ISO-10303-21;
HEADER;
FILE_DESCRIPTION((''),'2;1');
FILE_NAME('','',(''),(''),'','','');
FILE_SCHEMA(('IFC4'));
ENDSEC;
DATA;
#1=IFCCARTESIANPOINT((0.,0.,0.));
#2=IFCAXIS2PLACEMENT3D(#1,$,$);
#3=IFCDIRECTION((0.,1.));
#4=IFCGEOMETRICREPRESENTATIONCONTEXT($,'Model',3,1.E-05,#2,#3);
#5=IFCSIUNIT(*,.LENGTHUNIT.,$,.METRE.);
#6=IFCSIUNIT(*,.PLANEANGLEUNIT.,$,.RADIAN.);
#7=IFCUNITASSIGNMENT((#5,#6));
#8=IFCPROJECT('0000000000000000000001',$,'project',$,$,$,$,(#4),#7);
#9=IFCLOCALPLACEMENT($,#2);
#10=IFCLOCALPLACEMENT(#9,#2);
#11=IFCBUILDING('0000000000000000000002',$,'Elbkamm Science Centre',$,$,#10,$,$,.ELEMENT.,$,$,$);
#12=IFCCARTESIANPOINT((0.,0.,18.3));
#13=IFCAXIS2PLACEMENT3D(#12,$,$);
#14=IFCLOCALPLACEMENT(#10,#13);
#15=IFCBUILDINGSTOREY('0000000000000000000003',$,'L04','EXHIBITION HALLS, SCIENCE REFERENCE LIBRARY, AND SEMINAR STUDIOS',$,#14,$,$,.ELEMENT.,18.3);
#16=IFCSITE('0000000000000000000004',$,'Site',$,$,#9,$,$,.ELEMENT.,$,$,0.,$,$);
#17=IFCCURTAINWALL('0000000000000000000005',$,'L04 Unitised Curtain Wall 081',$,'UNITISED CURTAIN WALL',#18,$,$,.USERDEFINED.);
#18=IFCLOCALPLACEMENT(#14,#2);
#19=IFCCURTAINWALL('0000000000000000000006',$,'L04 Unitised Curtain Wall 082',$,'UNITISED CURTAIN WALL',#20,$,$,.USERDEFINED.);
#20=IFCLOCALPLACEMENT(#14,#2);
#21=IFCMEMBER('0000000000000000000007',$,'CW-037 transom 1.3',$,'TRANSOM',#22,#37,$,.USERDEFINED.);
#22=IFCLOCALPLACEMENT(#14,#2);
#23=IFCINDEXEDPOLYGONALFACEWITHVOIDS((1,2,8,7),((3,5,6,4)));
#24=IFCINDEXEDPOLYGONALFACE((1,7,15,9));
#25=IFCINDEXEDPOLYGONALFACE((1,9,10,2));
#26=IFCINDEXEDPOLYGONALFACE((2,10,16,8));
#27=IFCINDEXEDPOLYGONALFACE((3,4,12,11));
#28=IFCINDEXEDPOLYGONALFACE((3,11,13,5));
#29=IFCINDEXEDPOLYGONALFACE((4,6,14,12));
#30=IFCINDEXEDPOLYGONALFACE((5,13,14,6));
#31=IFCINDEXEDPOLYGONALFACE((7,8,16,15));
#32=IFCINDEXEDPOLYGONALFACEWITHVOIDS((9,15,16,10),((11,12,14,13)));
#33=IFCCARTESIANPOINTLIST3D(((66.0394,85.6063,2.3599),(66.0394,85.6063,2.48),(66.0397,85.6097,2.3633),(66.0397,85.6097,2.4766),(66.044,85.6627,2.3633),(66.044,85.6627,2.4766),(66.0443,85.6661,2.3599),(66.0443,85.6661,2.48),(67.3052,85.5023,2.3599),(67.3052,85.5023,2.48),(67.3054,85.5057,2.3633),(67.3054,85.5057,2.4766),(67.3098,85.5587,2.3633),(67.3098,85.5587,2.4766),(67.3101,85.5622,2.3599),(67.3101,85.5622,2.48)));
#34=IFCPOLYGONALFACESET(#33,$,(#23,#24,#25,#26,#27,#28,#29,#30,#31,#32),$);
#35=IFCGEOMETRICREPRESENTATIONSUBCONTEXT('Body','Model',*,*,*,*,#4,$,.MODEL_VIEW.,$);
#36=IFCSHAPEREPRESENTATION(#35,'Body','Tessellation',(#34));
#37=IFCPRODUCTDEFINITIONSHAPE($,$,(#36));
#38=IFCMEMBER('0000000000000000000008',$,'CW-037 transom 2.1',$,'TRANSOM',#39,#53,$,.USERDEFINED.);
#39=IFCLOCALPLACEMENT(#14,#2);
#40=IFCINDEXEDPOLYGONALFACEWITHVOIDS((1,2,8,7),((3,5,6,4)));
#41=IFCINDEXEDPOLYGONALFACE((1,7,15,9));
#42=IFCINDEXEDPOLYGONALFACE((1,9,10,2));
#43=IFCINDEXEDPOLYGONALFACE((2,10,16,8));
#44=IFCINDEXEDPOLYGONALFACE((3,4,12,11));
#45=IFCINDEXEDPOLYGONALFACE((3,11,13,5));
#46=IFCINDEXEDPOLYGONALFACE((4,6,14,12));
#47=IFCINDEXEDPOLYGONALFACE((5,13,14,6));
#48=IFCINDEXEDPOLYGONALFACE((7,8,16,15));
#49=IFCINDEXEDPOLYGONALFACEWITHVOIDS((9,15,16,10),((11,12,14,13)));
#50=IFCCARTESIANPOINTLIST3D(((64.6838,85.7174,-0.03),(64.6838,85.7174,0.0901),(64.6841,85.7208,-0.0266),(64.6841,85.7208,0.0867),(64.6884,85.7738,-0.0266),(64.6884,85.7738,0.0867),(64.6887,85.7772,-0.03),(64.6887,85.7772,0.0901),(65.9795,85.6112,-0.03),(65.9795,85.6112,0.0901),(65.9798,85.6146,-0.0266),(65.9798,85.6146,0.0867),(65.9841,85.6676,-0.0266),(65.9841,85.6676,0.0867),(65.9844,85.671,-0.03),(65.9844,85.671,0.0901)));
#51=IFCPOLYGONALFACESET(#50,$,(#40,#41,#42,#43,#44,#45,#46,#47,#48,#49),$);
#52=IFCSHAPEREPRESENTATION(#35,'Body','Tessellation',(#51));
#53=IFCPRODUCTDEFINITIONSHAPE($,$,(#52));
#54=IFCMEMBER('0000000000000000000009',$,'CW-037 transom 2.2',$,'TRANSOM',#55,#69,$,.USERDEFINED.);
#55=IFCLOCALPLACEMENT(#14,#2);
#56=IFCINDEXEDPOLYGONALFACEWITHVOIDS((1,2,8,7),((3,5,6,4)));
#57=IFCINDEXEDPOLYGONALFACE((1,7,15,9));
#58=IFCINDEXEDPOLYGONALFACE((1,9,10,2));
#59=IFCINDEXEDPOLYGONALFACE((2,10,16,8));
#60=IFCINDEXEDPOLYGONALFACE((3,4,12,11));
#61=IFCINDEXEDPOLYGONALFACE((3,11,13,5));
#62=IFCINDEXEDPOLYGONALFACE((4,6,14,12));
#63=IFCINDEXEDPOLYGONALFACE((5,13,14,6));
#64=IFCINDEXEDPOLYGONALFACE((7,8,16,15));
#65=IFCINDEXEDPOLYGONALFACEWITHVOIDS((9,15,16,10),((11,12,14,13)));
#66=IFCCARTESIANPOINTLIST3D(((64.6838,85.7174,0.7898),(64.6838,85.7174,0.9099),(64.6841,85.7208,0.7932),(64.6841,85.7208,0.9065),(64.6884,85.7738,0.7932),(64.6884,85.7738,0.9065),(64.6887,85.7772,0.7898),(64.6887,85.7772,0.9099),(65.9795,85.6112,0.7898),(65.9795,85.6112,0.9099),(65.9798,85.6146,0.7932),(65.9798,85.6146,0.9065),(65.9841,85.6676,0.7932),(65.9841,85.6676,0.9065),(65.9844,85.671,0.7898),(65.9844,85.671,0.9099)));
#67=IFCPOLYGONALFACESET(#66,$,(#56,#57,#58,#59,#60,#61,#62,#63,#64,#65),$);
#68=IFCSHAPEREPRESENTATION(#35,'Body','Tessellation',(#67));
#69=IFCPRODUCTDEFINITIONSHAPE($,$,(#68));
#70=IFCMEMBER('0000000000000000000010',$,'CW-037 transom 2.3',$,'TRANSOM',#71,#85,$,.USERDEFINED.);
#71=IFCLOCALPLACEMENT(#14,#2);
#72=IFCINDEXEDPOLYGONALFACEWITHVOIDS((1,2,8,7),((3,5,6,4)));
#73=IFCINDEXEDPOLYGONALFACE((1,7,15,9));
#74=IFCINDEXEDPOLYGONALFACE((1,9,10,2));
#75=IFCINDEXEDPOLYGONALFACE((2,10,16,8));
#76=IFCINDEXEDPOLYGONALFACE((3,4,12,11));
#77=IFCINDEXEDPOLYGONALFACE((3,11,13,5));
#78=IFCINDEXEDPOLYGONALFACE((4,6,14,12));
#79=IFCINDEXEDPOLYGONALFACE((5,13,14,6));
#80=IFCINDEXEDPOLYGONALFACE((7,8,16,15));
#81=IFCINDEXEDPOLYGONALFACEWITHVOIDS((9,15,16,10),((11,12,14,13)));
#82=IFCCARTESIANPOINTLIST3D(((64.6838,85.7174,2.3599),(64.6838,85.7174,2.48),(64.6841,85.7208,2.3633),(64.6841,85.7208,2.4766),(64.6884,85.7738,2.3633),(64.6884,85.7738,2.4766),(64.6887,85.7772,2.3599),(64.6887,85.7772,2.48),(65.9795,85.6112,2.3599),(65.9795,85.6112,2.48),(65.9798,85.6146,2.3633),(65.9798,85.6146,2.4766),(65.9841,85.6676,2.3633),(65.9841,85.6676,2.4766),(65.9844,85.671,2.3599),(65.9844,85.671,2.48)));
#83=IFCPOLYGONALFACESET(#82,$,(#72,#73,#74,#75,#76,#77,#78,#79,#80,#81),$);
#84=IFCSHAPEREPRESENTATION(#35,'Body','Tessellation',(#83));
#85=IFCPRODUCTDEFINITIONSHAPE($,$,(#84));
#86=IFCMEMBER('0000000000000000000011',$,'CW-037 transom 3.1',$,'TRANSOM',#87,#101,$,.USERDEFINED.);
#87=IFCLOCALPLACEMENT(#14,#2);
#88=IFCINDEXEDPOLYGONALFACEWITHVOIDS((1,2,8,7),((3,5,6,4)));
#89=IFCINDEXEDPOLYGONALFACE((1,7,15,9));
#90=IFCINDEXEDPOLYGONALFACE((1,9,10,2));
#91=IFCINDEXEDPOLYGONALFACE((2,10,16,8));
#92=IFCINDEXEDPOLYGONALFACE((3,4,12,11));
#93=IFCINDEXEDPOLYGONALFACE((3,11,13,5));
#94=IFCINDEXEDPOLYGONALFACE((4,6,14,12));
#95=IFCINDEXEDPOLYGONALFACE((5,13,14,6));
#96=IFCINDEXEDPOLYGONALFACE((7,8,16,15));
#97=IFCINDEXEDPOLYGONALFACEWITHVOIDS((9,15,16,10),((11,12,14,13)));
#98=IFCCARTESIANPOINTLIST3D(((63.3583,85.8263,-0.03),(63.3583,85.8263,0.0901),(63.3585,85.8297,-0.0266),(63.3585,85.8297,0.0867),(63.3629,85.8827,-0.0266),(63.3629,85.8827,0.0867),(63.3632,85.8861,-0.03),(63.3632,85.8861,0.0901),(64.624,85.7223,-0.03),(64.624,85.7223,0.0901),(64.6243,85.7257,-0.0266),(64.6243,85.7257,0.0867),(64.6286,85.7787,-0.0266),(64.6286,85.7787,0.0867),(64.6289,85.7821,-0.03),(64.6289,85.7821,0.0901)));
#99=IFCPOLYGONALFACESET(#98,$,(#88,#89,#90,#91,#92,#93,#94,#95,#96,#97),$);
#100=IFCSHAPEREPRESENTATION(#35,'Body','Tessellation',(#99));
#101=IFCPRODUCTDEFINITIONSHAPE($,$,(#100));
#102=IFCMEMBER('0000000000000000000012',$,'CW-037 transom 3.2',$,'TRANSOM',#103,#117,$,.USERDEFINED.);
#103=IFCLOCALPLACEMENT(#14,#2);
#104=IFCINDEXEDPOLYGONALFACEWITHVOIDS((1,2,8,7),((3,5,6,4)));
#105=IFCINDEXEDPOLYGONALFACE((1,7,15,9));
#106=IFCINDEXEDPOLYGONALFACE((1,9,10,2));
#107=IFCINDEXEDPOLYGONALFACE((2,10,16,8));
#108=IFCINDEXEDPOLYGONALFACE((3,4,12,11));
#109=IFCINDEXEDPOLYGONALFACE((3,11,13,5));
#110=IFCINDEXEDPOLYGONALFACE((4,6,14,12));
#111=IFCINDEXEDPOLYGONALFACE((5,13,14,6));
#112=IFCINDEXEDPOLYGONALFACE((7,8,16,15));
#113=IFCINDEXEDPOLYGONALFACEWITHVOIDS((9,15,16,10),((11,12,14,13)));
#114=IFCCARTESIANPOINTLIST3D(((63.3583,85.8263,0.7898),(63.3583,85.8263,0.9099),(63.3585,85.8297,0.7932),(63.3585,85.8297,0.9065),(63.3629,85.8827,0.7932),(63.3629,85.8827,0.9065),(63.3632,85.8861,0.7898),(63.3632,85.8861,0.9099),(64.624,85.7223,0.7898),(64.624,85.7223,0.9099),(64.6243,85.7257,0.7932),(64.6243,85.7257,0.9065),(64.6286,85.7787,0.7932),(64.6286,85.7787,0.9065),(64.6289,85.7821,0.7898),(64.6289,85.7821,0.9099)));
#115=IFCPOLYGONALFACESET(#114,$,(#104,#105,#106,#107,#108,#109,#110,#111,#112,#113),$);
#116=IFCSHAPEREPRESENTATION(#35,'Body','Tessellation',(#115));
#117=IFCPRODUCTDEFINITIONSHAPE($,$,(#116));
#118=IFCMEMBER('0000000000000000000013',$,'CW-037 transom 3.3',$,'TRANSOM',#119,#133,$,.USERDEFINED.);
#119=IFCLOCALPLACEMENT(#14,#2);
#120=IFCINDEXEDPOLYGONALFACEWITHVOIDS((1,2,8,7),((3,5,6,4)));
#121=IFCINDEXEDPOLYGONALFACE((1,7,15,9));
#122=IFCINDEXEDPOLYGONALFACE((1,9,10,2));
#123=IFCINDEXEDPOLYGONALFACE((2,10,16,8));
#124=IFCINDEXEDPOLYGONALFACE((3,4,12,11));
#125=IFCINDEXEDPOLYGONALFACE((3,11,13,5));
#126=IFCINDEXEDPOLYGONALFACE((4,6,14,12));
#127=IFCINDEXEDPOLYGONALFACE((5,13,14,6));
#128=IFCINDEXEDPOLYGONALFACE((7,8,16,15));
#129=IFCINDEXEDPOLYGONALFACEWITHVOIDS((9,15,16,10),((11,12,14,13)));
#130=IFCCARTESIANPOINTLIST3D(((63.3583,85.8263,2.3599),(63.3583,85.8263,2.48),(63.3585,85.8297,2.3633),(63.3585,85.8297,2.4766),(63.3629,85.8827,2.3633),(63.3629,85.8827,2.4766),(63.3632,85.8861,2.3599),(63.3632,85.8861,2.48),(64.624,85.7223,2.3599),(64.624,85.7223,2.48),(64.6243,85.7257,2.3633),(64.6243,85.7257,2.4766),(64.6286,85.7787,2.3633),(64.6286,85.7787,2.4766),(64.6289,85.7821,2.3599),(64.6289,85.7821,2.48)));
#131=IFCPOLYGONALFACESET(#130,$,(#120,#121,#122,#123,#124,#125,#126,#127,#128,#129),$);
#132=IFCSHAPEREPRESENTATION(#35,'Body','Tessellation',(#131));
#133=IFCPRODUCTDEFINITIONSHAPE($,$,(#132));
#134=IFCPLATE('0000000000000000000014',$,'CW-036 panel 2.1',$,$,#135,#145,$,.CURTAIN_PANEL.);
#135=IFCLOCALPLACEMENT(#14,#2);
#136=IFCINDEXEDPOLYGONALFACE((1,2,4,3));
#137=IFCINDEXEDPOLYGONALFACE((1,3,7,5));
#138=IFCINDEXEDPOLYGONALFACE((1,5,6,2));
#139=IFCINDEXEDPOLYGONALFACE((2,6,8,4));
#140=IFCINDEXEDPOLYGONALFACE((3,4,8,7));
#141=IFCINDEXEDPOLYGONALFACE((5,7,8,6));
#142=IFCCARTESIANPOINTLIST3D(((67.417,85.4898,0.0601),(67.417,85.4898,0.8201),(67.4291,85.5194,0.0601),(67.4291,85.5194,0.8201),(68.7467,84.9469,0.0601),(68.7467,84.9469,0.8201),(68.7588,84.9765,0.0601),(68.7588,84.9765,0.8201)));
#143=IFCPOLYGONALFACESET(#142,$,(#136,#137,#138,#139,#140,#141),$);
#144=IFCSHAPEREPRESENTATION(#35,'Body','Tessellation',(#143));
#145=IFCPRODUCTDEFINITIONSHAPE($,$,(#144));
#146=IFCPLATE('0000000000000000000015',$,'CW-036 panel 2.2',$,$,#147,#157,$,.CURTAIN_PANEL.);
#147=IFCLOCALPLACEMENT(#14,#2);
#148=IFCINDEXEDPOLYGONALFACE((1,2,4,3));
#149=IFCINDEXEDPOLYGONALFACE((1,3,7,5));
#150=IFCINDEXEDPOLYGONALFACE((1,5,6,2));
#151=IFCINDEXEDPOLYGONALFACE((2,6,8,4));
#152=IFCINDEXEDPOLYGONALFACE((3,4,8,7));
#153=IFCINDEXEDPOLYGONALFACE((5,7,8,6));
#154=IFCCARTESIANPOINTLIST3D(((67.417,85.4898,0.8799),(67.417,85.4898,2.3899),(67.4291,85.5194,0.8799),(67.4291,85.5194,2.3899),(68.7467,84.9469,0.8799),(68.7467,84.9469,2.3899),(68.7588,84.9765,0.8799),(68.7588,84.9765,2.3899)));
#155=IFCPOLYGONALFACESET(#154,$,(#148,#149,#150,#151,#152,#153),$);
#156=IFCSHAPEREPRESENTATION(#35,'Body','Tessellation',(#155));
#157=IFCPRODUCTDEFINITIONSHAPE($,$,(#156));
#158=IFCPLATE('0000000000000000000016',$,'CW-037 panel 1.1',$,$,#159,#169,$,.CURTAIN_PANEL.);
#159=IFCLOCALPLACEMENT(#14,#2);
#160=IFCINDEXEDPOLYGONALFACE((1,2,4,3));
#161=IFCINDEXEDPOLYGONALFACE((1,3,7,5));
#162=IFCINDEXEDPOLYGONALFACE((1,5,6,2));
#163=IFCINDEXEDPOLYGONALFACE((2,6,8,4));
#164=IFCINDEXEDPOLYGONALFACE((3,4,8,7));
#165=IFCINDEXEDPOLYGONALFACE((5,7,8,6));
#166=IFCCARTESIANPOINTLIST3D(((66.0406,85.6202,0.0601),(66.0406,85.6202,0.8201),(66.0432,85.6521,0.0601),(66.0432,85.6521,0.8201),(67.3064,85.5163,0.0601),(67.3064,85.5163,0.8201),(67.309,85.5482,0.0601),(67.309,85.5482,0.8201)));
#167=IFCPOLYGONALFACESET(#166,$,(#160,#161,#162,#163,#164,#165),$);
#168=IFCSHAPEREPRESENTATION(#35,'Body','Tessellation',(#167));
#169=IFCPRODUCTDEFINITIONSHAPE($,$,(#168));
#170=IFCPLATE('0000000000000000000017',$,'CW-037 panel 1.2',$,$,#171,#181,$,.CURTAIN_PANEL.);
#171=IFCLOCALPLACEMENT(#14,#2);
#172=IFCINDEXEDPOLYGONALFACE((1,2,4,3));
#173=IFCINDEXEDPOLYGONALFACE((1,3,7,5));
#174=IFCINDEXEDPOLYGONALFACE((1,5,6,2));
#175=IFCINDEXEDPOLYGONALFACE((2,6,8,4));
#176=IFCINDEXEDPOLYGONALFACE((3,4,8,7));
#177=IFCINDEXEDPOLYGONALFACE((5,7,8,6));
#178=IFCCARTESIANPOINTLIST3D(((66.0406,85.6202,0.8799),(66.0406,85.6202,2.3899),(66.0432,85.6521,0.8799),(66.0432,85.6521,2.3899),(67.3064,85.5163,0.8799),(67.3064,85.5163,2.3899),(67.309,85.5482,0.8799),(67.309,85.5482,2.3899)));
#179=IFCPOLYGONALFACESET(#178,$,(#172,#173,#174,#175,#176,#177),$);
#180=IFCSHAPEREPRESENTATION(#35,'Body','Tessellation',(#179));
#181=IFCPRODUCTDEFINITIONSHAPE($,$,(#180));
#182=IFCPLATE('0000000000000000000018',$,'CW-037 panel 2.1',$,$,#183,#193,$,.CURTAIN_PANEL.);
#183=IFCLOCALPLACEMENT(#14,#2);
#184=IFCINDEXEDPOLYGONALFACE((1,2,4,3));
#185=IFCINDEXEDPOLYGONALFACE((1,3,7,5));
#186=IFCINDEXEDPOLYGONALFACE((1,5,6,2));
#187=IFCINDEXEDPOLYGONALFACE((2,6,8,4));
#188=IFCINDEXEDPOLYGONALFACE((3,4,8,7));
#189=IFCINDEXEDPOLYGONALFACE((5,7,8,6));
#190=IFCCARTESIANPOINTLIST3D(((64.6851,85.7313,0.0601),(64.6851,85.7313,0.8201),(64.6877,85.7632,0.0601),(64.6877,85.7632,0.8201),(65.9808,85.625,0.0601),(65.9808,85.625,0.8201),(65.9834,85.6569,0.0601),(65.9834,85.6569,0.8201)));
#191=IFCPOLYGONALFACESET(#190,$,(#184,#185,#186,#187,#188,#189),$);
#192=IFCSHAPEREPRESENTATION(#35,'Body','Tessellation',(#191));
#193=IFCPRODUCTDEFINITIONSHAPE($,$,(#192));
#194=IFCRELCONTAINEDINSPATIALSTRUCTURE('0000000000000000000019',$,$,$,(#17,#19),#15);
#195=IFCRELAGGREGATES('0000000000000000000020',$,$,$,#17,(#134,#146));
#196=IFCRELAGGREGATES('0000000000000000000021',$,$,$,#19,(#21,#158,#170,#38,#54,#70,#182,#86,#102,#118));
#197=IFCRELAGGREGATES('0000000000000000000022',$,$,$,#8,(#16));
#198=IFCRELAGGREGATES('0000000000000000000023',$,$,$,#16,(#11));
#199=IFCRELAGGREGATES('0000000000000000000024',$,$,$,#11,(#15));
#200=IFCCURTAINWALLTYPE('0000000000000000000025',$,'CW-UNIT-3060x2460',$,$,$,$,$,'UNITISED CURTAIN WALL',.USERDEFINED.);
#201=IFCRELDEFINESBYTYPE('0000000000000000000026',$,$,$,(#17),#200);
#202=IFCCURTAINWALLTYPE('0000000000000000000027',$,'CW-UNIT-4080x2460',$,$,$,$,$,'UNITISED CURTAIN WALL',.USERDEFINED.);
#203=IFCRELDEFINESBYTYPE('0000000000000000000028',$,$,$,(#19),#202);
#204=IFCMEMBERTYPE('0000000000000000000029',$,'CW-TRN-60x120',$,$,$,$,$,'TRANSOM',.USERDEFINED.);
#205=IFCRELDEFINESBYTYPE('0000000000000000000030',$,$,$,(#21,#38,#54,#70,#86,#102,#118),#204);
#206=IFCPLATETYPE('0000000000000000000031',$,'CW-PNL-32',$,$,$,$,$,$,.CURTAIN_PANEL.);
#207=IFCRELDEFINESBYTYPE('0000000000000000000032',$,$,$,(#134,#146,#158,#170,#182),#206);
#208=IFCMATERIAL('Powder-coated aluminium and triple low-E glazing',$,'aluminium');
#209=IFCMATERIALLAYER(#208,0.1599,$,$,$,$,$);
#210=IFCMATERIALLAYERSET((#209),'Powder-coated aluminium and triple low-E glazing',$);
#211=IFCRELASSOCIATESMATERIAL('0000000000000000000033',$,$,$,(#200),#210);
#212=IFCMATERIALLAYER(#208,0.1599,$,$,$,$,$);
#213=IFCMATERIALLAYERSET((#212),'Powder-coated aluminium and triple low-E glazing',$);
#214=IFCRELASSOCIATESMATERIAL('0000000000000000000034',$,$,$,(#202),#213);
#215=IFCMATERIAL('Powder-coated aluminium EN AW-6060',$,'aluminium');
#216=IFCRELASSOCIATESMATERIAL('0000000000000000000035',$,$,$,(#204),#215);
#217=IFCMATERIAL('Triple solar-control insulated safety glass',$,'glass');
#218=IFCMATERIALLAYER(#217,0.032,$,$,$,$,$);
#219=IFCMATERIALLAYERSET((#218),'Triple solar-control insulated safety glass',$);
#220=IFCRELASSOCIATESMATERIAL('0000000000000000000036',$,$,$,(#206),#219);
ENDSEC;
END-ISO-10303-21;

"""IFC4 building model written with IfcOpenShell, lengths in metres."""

from ifc_helpers import new_model, si_unit, direction, frame, origin, origin_2d, place, context, subcontext, project, spatial, rectangle, hollow_rectangle, extrude, material, layer, layer_set, material_profile, profile_set, type_object, element, aggregate, save


model = new_model("IFC4")

# Units and contexts
model_context = context("Model", 3, precision=1e-05, world=origin(), true_north=direction((0.0, 1.0)))
body_context = subcontext(model_context, "Body", "Model", "MODEL_VIEW")
ifc_project = project(units=[si_unit("LENGTHUNIT", "METRE"), si_unit("PLANEANGLEUNIT", "RADIAN")], contexts=[model_context])

# Site, building, storey
site_placement = place(None, origin())
site = spatial("IfcSite", under=ifc_project, at=site_placement, Name="Site", CompositionType="ELEMENT", RefElevation=0.0)
building_placement = place(site_placement, origin())
building = spatial("IfcBuilding", under=site, at=building_placement, Name="Elbkamm Science Centre", CompositionType="ELEMENT")
storey_placement = place(building_placement, frame((0.0, 0.0, 18.3)))
storey = spatial("IfcBuildingStorey", under=building, at=storey_placement, Name="L04", Description="EXHIBITION HALLS, SCIENCE REFERENCE LIBRARY, AND SEMINAR STUDIOS", CompositionType="ELEMENT", Elevation=18.3)

# Curtain wall
ifc_material_1 = material(Name="Powder-coated aluminium and triple low-E glazing", Category="aluminium")
ifc_layer_1 = layer(ifc_material_1, 0.1599)
ifc_layer_set_1 = layer_set([ifc_layer_1], Name="Powder-coated aluminium and triple low-E glazing")
curtain_wall_type_1 = type_object("IfcCurtainWallType", Name="CW-UNIT-3060x2460", ElementType="UNITISED CURTAIN WALL", PredefinedType="USERDEFINED", material=ifc_layer_set_1)
curtain_wall_1_placement = place(storey_placement, origin())
curtain_wall_1 = element("IfcCurtainWall", 1, at=curtain_wall_1_placement, inside=storey, type_object=curtain_wall_type_1, Name="L04 Unitised Curtain Wall 081", ObjectType="UNITISED CURTAIN WALL", PredefinedType="USERDEFINED")
ifc_material_2 = material(Name="Powder-coated aluminium EN AW-6060", Category="aluminium")

# Curtain wall, members
ifc_layer_2 = layer(ifc_material_1, 0.1599)
ifc_layer_set_2 = layer_set([ifc_layer_2], Name="Powder-coated aluminium and triple low-E glazing")
curtain_wall_type_2 = type_object("IfcCurtainWallType", Name="CW-UNIT-4080x2460", ElementType="UNITISED CURTAIN WALL", PredefinedType="USERDEFINED", material=ifc_layer_set_2)
curtain_wall_2_placement = place(storey_placement, origin())
curtain_wall_2 = element("IfcCurtainWall", 2, at=curtain_wall_2_placement, inside=storey, type_object=curtain_wall_type_2, Name="L04 Unitised Curtain Wall 082", ObjectType="UNITISED CURTAIN WALL", PredefinedType="USERDEFINED")
ifc_material_profile_1 = material_profile(ifc_material_2, hollow_rectangle(XDim=0.0601, YDim=0.1201, WallThickness=0.0034, at=origin_2d()), Name="ALU T60x120")
ifc_profile_set_1 = profile_set([ifc_material_profile_1], Name="Powder-coated aluminium EN AW-6060")
member_type_1 = type_object("IfcMemberType", Name="CW-TRN-60x120", ElementType="TRANSOM", PredefinedType="USERDEFINED", material=ifc_profile_set_1)
member_1_placement = place(storey_placement, frame((67.3076, 85.5322, 2.4199), z_axis=(-0.996642, 0.081884, 0.0), x_axis=(-0.081884, -0.996642, 0.0)))
member_1 = element("IfcMember", 3, at=member_1_placement, type_object=member_type_1, Name="CW-037 transom 1.3", ObjectType="TRANSOM", PredefinedType="USERDEFINED", context=body_context, shape_type="SweptSolid", body=[
    extrude(hollow_rectangle(XDim=0.0601, YDim=0.1201, WallThickness=0.0034, at=origin_2d()), origin(), (0.0, 0.0, 1.0), 1.27),
])
member_2_placement = place(storey_placement, frame((65.9819, 85.6411, 0.03), z_axis=(-0.996658, 0.081693, 0.0), x_axis=(-0.081693, -0.996658, 0.0)))
member_2 = element("IfcMember", 4, at=member_2_placement, type_object=member_type_1, Name="CW-037 transom 2.1", ObjectType="TRANSOM", PredefinedType="USERDEFINED", context=body_context, shape_type="SweptSolid", body=[
    extrude(hollow_rectangle(XDim=0.0601, YDim=0.1201, WallThickness=0.0034, at=origin_2d()), origin(), (0.0, 0.0, 1.0), 1.3),
])
member_3_placement = place(storey_placement, frame((65.9819, 85.6411, 0.8499), z_axis=(-0.996658, 0.081693, 0.0), x_axis=(-0.081693, -0.996658, 0.0)))
member_3 = element("IfcMember", 5, at=member_3_placement, type_object=member_type_1, Name="CW-037 transom 2.2", ObjectType="TRANSOM", PredefinedType="USERDEFINED", context=body_context, shape_type="SweptSolid", body=[
    extrude(hollow_rectangle(XDim=0.0601, YDim=0.1201, WallThickness=0.0034, at=origin_2d()), origin(), (0.0, 0.0, 1.0), 1.3),
])
member_4_placement = place(storey_placement, frame((65.9819, 85.6411, 2.4199), z_axis=(-0.996658, 0.081693, 0.0), x_axis=(-0.081693, -0.996658, 0.0)))
member_4 = element("IfcMember", 6, at=member_4_placement, type_object=member_type_1, Name="CW-037 transom 2.3", ObjectType="TRANSOM", PredefinedType="USERDEFINED", context=body_context, shape_type="SweptSolid", body=[
    extrude(hollow_rectangle(XDim=0.0601, YDim=0.1201, WallThickness=0.0034, at=origin_2d()), origin(), (0.0, 0.0, 1.0), 1.3),
])
member_5_placement = place(storey_placement, frame((64.6265, 85.7522, 0.03), z_axis=(-0.996642, 0.081884, 0.0), x_axis=(-0.081884, -0.996642, 0.0)))
member_5 = element("IfcMember", 7, at=member_5_placement, type_object=member_type_1, Name="CW-037 transom 3.1", ObjectType="TRANSOM", PredefinedType="USERDEFINED", context=body_context, shape_type="SweptSolid", body=[
    extrude(hollow_rectangle(XDim=0.0601, YDim=0.1201, WallThickness=0.0034, at=origin_2d()), origin(), (0.0, 0.0, 1.0), 1.27),
])
member_6_placement = place(storey_placement, frame((64.6265, 85.7522, 0.8499), z_axis=(-0.996642, 0.081884, 0.0), x_axis=(-0.081884, -0.996642, 0.0)))
member_6 = element("IfcMember", 8, at=member_6_placement, type_object=member_type_1, Name="CW-037 transom 3.2", ObjectType="TRANSOM", PredefinedType="USERDEFINED", context=body_context, shape_type="SweptSolid", body=[
    extrude(hollow_rectangle(XDim=0.0601, YDim=0.1201, WallThickness=0.0034, at=origin_2d()), origin(), (0.0, 0.0, 1.0), 1.27),
])
member_7_placement = place(storey_placement, frame((64.6265, 85.7522, 2.4199), z_axis=(-0.996642, 0.081884, 0.0), x_axis=(-0.081884, -0.996642, 0.0)))
member_7 = element("IfcMember", 9, at=member_7_placement, type_object=member_type_1, Name="CW-037 transom 3.3", ObjectType="TRANSOM", PredefinedType="USERDEFINED", context=body_context, shape_type="SweptSolid", body=[
    extrude(hollow_rectangle(XDim=0.0601, YDim=0.1201, WallThickness=0.0034, at=origin_2d()), origin(), (0.0, 0.0, 1.0), 1.27),
])

# Plates
ifc_material_3 = material(Name="Triple solar-control insulated safety glass", Category="glass")
ifc_layer_3 = layer(ifc_material_3, 0.032)
ifc_layer_set_3 = layer_set([ifc_layer_3], Name="Triple solar-control insulated safety glass")
plate_type = type_object("IfcPlateType", Name="CW-PNL-32", PredefinedType="CURTAIN_PANEL", material=ifc_layer_set_3)
plate_1_placement = place(storey_placement, frame((68.0879, 85.2332, 0.0601), z_axis=(0.0, 0.0, 1.0), x_axis=(-0.925805, 0.378001, 0.0)))
plate_1 = element("IfcPlate", 10, at=plate_1_placement, type_object=plate_type, Name="CW-036 panel 2.1", PredefinedType="CURTAIN_PANEL", context=body_context, shape_type="SweptSolid", body=[
    extrude(rectangle(XDim=1.4363, YDim=0.032, at=origin_2d()), origin(), (0.0, 0.0, 1.0), 0.76),
])
plate_2_placement = place(storey_placement, frame((68.0879, 85.2332, 0.8799), z_axis=(0.0, 0.0, 1.0), x_axis=(-0.925805, 0.378001, 0.0)))
plate_2 = element("IfcPlate", 11, at=plate_2_placement, type_object=plate_type, Name="CW-036 panel 2.2", PredefinedType="CURTAIN_PANEL", context=body_context, shape_type="SweptSolid", body=[
    extrude(rectangle(XDim=1.4363, YDim=0.032, at=origin_2d()), origin(), (0.0, 0.0, 1.0), 1.51),
])
aggregate(curtain_wall_1, [plate_1, plate_2])
plate_3_placement = place(storey_placement, frame((66.6748, 85.5842, 0.0601), z_axis=(0.0, 0.0, 1.0), x_axis=(-0.996648, 0.081806, 0.0)))
plate_3 = element("IfcPlate", 12, at=plate_3_placement, type_object=plate_type, Name="CW-037 panel 1.1", PredefinedType="CURTAIN_PANEL", context=body_context, shape_type="SweptSolid", body=[
    extrude(rectangle(XDim=1.27, YDim=0.032, at=origin_2d()), origin(), (0.0, 0.0, 1.0), 0.76),
])
plate_4_placement = place(storey_placement, frame((66.6748, 85.5842, 0.8799), z_axis=(0.0, 0.0, 1.0), x_axis=(-0.996648, 0.081806, 0.0)))
plate_4 = element("IfcPlate", 13, at=plate_4_placement, type_object=plate_type, Name="CW-037 panel 1.2", PredefinedType="CURTAIN_PANEL", context=body_context, shape_type="SweptSolid", body=[
    extrude(rectangle(XDim=1.27, YDim=0.032, at=origin_2d()), origin(), (0.0, 0.0, 1.0), 1.51),
])
plate_5_placement = place(storey_placement, frame((65.3342, 85.6941, 0.0601), z_axis=(0.0, 0.0, 1.0), x_axis=(-0.996648, 0.081806, 0.0)))
plate_5 = element("IfcPlate", 14, at=plate_5_placement, type_object=plate_type, Name="CW-037 panel 2.1", PredefinedType="CURTAIN_PANEL", context=body_context, shape_type="SweptSolid", body=[
    extrude(rectangle(XDim=1.3, YDim=0.032, at=origin_2d()), origin(), (0.0, 0.0, 1.0), 0.76),
])
aggregate(curtain_wall_2, [member_1, plate_3, plate_4, member_2, member_3, member_4, plate_5, member_5, member_6, member_7])

save(model, "model.ifc")
